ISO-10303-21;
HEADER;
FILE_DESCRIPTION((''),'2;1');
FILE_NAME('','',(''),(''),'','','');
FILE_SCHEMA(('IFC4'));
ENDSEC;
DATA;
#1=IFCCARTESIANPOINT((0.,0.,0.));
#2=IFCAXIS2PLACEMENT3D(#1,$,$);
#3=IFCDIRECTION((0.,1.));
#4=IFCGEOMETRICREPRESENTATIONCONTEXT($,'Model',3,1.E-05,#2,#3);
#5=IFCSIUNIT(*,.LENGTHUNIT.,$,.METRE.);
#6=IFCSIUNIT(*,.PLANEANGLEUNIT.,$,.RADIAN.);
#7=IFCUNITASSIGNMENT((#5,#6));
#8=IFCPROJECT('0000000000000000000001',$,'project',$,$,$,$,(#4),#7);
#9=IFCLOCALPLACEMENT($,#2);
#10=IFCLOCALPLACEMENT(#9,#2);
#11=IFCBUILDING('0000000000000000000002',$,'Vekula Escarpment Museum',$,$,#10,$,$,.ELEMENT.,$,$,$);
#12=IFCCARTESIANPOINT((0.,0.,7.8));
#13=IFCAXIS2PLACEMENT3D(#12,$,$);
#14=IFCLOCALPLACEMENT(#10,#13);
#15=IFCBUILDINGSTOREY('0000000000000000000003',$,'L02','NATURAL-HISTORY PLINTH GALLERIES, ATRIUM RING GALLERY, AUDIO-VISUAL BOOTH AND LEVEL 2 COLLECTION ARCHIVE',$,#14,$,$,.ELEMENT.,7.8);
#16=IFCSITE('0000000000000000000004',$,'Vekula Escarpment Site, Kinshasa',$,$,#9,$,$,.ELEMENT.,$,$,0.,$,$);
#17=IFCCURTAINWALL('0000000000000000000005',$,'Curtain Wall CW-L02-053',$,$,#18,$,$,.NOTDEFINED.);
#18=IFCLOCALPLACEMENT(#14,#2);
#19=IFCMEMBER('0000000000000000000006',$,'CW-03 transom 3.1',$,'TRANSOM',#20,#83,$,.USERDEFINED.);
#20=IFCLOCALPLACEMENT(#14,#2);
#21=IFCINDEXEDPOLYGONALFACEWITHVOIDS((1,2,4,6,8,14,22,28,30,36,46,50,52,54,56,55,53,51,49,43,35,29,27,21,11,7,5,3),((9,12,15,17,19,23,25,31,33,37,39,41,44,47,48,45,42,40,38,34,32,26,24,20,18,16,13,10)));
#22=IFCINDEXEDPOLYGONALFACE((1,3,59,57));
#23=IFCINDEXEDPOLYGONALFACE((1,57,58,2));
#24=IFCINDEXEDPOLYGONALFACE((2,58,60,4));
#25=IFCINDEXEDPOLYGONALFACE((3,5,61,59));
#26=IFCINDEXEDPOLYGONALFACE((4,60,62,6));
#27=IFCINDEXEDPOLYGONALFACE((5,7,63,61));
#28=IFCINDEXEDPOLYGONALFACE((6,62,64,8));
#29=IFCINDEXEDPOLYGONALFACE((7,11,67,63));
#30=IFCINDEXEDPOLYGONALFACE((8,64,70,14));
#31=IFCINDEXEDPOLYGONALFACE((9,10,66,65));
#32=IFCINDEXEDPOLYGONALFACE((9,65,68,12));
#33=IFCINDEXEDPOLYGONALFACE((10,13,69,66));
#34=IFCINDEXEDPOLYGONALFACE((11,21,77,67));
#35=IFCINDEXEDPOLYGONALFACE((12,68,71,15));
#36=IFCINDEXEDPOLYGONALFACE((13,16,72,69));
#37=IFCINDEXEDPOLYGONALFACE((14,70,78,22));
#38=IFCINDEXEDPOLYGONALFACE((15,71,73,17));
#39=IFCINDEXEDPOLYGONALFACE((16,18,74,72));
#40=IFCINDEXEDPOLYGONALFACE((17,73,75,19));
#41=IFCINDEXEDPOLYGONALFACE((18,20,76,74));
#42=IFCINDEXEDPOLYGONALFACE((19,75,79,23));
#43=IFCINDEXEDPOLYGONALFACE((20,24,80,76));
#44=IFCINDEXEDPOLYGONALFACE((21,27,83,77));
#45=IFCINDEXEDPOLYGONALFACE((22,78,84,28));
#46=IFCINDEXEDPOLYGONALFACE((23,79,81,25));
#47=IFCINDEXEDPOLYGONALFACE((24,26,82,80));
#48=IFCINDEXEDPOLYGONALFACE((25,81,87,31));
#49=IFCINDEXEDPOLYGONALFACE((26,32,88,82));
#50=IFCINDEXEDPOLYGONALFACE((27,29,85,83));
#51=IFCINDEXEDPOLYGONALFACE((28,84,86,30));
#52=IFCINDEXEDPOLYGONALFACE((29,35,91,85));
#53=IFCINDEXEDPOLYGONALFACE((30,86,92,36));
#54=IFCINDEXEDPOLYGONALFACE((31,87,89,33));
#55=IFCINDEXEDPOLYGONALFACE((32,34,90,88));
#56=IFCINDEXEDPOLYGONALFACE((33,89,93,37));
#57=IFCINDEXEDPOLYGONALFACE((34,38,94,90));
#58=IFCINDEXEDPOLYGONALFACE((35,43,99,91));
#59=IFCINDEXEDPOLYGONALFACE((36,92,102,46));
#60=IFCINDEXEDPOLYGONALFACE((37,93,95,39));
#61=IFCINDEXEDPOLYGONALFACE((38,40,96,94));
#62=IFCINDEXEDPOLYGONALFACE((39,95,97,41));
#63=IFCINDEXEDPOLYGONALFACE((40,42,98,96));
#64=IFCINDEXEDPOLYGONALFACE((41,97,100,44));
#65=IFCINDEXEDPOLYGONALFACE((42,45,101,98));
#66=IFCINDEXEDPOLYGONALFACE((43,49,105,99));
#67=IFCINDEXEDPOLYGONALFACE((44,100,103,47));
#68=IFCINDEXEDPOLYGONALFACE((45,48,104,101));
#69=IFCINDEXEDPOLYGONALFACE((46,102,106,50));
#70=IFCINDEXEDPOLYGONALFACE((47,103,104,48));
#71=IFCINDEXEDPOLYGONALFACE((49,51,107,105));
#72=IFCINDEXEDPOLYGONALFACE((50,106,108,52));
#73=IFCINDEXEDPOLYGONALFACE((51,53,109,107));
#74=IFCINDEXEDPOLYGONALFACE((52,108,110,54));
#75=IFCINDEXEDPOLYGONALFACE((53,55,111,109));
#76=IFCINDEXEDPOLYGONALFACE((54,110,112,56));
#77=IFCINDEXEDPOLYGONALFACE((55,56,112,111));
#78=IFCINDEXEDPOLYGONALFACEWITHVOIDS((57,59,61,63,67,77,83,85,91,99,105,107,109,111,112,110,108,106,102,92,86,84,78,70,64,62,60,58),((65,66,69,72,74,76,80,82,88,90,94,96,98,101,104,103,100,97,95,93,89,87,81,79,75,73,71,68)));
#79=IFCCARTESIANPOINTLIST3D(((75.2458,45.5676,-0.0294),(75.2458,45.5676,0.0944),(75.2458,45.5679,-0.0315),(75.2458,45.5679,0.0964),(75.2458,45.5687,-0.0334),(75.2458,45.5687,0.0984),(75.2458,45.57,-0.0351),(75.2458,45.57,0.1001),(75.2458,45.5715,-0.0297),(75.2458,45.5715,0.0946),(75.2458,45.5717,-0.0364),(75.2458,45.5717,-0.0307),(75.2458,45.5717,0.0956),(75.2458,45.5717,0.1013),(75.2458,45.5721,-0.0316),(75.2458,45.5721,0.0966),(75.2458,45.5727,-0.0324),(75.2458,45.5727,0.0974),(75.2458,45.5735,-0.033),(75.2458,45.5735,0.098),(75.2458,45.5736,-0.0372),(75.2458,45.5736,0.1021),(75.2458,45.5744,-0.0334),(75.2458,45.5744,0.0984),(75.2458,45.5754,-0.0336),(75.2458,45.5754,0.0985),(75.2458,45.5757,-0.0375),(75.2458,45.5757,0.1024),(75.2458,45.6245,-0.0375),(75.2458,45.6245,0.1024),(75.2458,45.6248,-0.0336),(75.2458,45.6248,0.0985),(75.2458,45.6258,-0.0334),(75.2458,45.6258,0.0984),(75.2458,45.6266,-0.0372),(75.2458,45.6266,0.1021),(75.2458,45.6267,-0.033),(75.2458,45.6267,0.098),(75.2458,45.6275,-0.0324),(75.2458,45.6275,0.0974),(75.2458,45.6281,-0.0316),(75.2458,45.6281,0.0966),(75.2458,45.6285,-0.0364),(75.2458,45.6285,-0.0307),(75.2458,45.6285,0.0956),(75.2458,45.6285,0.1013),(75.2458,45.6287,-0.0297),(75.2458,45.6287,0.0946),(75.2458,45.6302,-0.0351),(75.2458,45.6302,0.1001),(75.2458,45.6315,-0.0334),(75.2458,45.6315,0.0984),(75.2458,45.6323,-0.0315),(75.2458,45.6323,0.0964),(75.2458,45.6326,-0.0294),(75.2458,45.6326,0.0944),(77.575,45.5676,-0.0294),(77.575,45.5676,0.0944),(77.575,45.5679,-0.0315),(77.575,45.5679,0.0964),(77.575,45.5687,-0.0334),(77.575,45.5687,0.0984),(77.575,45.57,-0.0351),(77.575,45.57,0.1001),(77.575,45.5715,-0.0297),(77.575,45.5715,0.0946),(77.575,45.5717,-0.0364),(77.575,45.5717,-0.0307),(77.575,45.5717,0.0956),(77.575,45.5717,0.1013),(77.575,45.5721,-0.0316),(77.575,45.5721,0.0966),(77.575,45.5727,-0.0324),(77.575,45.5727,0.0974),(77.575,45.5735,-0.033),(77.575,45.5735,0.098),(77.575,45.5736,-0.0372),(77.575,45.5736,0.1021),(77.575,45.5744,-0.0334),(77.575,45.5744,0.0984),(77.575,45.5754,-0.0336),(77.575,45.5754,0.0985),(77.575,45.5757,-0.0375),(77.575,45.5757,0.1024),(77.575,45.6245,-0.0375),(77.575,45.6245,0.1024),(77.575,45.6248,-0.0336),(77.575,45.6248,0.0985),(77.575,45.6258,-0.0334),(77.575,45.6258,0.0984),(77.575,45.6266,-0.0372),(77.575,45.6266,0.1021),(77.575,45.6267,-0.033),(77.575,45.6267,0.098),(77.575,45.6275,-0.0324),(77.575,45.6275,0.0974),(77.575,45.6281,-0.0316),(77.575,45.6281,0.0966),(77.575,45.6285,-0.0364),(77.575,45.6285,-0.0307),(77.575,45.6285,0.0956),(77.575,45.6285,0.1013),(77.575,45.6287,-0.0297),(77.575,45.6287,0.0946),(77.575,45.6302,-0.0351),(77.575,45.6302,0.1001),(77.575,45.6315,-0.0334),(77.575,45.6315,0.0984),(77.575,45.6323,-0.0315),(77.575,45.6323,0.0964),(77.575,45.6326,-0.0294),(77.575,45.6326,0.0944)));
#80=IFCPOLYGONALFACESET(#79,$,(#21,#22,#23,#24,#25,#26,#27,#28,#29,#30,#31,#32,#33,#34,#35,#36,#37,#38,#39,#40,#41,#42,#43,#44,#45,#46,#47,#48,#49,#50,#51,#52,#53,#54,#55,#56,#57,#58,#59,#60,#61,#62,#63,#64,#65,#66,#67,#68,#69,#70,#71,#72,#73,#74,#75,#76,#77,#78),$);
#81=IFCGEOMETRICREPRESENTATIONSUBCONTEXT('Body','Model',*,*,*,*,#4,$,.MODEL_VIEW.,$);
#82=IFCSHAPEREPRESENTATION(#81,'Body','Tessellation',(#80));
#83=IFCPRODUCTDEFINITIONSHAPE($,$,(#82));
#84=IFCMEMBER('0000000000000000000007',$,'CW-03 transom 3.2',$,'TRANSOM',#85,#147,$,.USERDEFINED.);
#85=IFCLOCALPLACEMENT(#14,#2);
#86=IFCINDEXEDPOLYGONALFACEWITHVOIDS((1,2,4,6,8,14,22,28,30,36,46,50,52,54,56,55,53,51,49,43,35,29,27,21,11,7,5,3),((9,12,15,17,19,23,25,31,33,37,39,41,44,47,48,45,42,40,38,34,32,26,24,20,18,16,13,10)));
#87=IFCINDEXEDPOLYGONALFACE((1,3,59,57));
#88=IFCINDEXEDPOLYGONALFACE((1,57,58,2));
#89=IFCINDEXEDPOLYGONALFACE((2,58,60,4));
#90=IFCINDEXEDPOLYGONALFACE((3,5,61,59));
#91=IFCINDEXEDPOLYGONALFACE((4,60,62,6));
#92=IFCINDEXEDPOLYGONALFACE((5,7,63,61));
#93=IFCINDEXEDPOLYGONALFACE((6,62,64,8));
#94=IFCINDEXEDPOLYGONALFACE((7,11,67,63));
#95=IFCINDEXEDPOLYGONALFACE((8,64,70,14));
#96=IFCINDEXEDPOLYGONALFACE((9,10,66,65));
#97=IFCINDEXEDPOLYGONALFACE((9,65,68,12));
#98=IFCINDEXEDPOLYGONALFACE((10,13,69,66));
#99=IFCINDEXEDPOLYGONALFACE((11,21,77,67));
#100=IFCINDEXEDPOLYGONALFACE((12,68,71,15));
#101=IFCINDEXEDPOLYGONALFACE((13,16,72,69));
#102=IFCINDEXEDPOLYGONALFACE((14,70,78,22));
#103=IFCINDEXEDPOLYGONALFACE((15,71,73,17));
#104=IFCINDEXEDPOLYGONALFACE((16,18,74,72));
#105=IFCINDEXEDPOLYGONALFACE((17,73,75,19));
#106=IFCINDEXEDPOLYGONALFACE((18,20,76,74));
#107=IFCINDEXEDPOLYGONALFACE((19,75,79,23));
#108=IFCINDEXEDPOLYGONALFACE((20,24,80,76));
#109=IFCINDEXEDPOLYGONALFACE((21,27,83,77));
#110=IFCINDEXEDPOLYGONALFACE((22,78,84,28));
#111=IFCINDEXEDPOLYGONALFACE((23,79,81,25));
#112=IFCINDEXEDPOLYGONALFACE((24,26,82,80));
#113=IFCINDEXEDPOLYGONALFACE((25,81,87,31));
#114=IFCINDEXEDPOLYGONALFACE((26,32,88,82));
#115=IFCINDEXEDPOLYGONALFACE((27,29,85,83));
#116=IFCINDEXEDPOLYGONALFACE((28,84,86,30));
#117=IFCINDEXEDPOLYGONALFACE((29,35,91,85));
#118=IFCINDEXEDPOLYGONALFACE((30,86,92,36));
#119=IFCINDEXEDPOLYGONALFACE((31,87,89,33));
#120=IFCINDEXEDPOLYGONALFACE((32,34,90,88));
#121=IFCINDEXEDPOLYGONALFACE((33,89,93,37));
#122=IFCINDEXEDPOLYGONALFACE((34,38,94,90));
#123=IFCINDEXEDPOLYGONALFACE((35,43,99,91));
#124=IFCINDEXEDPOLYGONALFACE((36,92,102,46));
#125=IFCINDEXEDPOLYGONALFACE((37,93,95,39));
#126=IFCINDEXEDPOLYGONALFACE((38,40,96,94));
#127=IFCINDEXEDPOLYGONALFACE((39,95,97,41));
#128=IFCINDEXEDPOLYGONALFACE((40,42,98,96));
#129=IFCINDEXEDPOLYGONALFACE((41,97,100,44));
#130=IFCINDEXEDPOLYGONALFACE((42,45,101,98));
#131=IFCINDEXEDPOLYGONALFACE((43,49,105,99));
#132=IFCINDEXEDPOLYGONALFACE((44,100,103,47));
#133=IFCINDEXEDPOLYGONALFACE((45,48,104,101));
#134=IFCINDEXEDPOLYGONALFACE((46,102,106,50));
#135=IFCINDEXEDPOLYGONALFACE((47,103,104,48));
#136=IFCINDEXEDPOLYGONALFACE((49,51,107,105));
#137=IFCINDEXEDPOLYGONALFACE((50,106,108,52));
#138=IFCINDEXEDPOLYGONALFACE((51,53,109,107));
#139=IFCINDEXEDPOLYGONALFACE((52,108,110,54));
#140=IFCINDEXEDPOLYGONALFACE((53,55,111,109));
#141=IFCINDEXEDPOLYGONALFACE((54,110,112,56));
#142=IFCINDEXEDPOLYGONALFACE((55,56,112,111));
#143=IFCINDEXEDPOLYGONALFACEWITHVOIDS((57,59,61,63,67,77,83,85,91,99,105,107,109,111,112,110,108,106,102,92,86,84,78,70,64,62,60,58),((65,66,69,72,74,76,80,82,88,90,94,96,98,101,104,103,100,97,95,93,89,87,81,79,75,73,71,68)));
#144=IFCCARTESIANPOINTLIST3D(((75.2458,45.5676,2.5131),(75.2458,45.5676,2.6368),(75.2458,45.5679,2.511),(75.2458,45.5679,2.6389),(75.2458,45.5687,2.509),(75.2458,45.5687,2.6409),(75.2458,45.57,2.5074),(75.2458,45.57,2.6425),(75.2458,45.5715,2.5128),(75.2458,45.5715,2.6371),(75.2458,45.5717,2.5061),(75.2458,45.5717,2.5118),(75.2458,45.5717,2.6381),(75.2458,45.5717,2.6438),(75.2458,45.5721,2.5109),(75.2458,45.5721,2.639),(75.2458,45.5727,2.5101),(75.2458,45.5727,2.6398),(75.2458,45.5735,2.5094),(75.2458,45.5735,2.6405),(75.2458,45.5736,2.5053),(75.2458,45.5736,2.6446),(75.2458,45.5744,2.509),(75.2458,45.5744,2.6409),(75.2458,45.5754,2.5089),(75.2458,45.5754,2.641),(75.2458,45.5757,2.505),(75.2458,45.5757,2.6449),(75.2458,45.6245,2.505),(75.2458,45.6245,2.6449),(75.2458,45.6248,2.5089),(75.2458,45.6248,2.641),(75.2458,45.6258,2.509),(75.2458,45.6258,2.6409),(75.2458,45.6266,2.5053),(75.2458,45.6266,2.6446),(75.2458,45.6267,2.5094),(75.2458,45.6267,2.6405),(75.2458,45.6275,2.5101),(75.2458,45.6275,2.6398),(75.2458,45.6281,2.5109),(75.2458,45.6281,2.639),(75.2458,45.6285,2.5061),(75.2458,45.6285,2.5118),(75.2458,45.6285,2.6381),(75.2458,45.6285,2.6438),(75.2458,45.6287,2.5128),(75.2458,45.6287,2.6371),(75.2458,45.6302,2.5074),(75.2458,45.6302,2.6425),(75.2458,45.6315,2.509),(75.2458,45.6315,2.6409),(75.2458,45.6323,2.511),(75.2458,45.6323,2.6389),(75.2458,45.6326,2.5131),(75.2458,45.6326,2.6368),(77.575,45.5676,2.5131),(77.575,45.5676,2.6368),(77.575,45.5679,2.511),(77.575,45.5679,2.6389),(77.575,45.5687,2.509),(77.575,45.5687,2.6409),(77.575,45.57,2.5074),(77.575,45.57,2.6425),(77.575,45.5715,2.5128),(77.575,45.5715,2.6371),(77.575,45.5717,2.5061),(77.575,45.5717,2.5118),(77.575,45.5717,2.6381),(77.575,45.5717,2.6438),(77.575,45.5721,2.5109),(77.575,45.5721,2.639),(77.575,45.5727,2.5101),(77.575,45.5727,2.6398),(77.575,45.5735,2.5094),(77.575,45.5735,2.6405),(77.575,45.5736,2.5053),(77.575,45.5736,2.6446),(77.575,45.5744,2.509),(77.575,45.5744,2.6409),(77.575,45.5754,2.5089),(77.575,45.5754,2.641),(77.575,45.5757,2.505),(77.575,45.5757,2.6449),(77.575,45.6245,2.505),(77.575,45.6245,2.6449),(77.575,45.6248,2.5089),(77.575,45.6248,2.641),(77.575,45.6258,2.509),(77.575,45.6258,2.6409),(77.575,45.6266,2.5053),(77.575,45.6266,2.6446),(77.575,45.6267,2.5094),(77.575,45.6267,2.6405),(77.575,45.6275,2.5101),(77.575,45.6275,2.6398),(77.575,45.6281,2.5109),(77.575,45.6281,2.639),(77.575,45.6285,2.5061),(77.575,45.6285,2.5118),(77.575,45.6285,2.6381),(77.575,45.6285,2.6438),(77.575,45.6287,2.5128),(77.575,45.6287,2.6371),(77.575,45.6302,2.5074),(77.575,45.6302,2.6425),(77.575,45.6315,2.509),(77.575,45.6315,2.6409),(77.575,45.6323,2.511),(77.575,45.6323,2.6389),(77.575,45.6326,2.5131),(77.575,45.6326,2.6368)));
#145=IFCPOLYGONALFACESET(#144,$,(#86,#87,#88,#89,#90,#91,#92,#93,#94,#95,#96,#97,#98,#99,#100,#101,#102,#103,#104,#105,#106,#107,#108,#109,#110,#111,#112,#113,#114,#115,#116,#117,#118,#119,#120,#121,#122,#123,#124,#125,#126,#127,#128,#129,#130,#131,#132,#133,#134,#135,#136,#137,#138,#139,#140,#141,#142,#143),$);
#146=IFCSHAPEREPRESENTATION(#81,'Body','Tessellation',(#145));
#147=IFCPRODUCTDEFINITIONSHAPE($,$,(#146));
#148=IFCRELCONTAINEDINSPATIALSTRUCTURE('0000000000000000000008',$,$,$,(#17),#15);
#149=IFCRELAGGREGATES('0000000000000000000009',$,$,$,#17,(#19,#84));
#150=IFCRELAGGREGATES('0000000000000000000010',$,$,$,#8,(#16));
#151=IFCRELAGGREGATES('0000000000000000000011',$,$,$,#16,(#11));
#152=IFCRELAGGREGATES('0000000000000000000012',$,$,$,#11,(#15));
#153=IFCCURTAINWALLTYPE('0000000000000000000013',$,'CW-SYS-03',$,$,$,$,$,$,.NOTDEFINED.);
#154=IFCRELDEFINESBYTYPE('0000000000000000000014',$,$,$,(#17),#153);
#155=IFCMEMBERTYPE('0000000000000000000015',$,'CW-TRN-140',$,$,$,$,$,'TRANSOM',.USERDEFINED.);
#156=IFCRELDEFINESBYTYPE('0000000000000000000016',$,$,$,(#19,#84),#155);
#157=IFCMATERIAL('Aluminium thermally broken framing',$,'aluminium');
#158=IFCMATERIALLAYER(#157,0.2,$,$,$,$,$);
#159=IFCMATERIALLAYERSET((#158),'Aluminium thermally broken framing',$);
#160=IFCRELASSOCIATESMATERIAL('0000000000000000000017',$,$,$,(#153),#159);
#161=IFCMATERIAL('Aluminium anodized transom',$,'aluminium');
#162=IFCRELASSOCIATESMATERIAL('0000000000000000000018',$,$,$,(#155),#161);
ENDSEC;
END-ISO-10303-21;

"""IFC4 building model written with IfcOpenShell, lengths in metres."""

from ifc_helpers import new_model, si_unit, direction, frame, origin, origin_2d, place, context, subcontext, project, spatial, hollow_rectangle, extrude, material, layer, layer_set, material_profile, profile_set, type_object, element, aggregate, save


model = new_model("IFC4")

# Units and contexts
model_context = context("Model", 3, precision=1e-05, world=origin(), true_north=direction((0.0, 1.0)))
body_context = subcontext(model_context, "Body", "Model", "MODEL_VIEW")
ifc_project = project(units=[si_unit("LENGTHUNIT", "METRE"), si_unit("PLANEANGLEUNIT", "RADIAN")], contexts=[model_context])

# Site, building, storey
site_placement = place(None, origin())
site = spatial("IfcSite", under=ifc_project, at=site_placement, Name="Vekula Escarpment Site, Kinshasa", CompositionType="ELEMENT", RefElevation=0.0)
building_placement = place(site_placement, origin())
building = spatial("IfcBuilding", under=site, at=building_placement, Name="Vekula Escarpment Museum", CompositionType="ELEMENT")
storey_placement = place(building_placement, frame((0.0, 0.0, 7.8)))
storey = spatial("IfcBuildingStorey", under=building, at=storey_placement, Name="L02", Description="NATURAL-HISTORY PLINTH GALLERIES, ATRIUM RING GALLERY, AUDIO-VISUAL BOOTH AND LEVEL 2 COLLECTION ARCHIVE", CompositionType="ELEMENT", Elevation=7.8)

# Curtain wall
ifc_material_1 = material(Name="Aluminium thermally broken framing", Category="aluminium")
ifc_layer_1 = layer(ifc_material_1, 0.2)
ifc_layer_set_1 = layer_set([ifc_layer_1], Name="Aluminium thermally broken framing")
curtain_wall_type_1 = type_object("IfcCurtainWallType", Name="CW-SYS-03", PredefinedType="NOTDEFINED", material=ifc_layer_set_1)
curtain_wall_1_placement = place(storey_placement, origin())
curtain_wall_1 = element("IfcCurtainWall", 1, at=curtain_wall_1_placement, inside=storey, type_object=curtain_wall_type_1, Name="Curtain Wall CW-L02-053", PredefinedType="NOTDEFINED")

# Members
ifc_material_2 = material(Name="Aluminium anodized transom", Category="aluminium")
ifc_material_profile_1 = material_profile(ifc_material_2, hollow_rectangle(XDim=0.0649, YDim=0.1399, WallThickness=0.0039, InnerFilletRadius=0.0039, OuterFilletRadius=0.0081, at=origin_2d()), Name="ALU 140x65x4")
ifc_profile_set_1 = profile_set([ifc_material_profile_1], Name="Aluminium anodized transom")
member_type_1 = type_object("IfcMemberType", Name="CW-TRN-140", ElementType="TRANSOM", PredefinedType="USERDEFINED", material=ifc_profile_set_1)
member_1_placement = place(storey_placement, frame((75.2458, 45.6001, 0.0325), z_axis=(1.0, 0.0, 0.0), x_axis=(0.0, 1.0, 0.0)))
member_1 = element("IfcMember", 2, at=member_1_placement, type_object=member_type_1, Name="CW-03 transom 3.1", ObjectType="TRANSOM", PredefinedType="USERDEFINED", context=body_context, shape_type="SweptSolid", body=[
    extrude(hollow_rectangle(XDim=0.0649, YDim=0.1399, WallThickness=0.0039, InnerFilletRadius=0.0039, OuterFilletRadius=0.0081, at=origin_2d()), origin(), (0.0, 0.0, 1.0), 2.3291),
])
member_2_placement = place(storey_placement, frame((75.2458, 45.6001, 2.575), z_axis=(1.0, 0.0, 0.0), x_axis=(0.0, 1.0, 0.0)))
member_2 = element("IfcMember", 3, at=member_2_placement, type_object=member_type_1, Name="CW-03 transom 3.2", ObjectType="TRANSOM", PredefinedType="USERDEFINED", context=body_context, shape_type="SweptSolid", body=[
    extrude(hollow_rectangle(XDim=0.0649, YDim=0.1399, WallThickness=0.0039, InnerFilletRadius=0.0039, OuterFilletRadius=0.0081, at=origin_2d()), origin(), (0.0, 0.0, 1.0), 2.3291),
])

aggregate(curtain_wall_1, [member_1, member_2])

save(model, "model.ifc")
